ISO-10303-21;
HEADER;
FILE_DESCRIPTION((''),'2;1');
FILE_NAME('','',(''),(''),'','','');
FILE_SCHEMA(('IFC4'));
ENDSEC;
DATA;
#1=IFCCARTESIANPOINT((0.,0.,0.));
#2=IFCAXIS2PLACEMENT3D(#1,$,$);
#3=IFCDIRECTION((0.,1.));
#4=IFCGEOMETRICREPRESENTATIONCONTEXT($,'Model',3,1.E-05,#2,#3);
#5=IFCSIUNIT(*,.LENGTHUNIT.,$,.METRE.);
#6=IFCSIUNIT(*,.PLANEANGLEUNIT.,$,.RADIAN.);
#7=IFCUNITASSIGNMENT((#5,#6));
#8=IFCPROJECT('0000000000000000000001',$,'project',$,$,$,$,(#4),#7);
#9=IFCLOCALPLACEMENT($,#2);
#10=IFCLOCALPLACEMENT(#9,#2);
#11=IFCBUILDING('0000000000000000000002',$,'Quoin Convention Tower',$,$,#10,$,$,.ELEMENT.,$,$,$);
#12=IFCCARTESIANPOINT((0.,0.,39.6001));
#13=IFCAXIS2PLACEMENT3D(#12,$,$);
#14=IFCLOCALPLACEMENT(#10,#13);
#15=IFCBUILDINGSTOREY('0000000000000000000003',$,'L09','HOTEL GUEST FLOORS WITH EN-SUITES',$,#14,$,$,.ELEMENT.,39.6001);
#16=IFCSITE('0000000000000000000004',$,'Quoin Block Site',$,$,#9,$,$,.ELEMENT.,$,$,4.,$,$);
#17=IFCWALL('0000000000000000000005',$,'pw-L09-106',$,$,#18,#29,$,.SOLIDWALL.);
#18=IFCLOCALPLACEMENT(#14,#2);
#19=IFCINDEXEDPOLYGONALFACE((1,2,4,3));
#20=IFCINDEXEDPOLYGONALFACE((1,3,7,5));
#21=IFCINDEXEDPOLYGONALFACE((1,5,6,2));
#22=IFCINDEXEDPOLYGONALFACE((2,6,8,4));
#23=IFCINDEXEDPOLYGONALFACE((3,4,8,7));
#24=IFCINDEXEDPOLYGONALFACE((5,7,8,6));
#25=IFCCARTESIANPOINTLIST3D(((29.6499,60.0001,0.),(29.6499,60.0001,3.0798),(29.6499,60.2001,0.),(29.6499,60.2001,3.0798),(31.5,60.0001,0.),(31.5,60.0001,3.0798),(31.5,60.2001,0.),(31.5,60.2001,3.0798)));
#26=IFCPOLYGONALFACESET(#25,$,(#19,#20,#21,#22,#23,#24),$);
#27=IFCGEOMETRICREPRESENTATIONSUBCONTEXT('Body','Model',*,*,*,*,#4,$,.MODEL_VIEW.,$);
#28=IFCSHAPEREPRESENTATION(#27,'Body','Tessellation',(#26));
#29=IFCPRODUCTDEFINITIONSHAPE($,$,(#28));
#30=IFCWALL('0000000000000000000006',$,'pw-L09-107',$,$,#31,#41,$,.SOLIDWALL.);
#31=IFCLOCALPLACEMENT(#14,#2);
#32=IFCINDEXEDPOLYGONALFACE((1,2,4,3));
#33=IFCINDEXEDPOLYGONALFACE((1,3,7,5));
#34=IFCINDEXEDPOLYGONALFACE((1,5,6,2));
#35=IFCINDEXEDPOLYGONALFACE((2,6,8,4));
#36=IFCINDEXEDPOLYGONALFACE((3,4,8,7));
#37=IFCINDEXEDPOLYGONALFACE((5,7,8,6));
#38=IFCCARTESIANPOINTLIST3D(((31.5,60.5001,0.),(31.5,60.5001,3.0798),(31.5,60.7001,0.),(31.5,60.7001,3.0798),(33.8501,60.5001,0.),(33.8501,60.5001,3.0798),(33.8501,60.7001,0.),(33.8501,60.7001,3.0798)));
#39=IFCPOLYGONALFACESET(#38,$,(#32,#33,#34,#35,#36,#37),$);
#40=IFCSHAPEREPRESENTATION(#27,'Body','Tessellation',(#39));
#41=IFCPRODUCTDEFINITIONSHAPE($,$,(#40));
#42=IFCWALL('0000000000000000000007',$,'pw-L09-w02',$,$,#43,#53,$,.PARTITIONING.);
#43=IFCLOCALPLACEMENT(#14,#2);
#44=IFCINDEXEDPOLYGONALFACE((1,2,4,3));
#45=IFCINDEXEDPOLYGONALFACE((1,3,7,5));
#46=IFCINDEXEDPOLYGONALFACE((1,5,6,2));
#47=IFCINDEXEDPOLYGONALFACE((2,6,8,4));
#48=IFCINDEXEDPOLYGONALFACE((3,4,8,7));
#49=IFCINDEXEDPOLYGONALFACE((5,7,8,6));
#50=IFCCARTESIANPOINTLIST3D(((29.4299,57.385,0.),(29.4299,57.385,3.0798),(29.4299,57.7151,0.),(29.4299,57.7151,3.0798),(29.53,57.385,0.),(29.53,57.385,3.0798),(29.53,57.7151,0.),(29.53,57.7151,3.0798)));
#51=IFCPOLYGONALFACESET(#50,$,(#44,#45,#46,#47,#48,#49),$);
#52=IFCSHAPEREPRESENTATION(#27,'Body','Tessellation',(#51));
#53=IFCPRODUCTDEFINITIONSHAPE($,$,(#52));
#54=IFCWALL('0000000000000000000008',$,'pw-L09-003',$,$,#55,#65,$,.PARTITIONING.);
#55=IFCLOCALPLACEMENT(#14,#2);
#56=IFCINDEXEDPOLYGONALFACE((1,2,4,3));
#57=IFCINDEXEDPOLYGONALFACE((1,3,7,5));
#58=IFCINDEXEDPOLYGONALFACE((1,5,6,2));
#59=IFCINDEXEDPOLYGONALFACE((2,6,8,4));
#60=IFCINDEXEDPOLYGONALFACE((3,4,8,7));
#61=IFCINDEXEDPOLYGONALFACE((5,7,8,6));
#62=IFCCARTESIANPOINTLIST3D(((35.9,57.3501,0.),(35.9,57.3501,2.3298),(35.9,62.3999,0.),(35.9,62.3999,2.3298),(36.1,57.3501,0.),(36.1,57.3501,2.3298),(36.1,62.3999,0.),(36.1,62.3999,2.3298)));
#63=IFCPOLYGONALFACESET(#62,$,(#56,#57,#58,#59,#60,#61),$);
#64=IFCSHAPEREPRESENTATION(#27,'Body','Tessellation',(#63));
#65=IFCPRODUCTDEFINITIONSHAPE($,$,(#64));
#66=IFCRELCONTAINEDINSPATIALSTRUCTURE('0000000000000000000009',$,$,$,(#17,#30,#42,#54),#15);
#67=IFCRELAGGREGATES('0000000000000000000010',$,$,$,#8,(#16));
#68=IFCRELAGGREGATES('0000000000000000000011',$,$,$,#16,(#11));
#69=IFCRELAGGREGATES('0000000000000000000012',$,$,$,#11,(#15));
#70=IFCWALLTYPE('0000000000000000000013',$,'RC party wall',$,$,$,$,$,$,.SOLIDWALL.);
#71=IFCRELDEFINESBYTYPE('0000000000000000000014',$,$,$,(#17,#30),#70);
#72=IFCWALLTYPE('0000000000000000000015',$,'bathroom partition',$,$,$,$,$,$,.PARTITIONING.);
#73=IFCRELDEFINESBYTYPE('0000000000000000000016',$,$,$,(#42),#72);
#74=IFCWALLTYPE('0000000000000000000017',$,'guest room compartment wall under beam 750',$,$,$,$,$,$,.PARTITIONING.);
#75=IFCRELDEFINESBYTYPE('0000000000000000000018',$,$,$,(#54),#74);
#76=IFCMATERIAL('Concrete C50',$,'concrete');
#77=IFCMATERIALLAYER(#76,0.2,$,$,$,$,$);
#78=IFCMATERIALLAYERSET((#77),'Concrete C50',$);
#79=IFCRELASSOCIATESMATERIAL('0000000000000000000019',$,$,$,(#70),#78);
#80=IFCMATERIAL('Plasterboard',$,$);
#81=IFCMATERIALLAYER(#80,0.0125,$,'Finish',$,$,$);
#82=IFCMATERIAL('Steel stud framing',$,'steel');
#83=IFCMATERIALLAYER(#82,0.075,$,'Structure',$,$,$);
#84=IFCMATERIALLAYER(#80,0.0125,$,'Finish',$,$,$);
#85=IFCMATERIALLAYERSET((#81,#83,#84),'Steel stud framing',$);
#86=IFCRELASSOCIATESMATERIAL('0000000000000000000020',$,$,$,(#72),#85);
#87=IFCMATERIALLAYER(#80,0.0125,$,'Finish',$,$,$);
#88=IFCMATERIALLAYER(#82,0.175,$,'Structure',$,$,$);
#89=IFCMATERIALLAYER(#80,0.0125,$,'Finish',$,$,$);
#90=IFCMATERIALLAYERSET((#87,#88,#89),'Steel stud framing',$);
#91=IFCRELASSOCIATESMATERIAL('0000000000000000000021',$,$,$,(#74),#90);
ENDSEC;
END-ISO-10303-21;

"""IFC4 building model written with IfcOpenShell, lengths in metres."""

from ifc_helpers import new_model, si_unit, direction, frame, frame_2d, origin, place, context, subcontext, project, spatial, rectangle, extrude, material, layer, layer_set, type_object, element, save


model = new_model("IFC4")

# Units and contexts
model_context = context("Model", 3, precision=1e-05, world=origin(), true_north=direction((0.0, 1.0)))
body_context = subcontext(model_context, "Body", "Model", "MODEL_VIEW")
ifc_project = project(units=[si_unit("LENGTHUNIT", "METRE"), si_unit("PLANEANGLEUNIT", "RADIAN")], contexts=[model_context])

# Site, building, storey
site_placement = place(None, origin())
site = spatial("IfcSite", under=ifc_project, at=site_placement, Name="Quoin Block Site", CompositionType="ELEMENT", RefElevation=4.0)
building_placement = place(site_placement, origin())
building = spatial("IfcBuilding", under=site, at=building_placement, Name="Quoin Convention Tower", CompositionType="ELEMENT")
storey_placement = place(building_placement, frame((0.0, 0.0, 39.6001)))
storey = spatial("IfcBuildingStorey", under=building, at=storey_placement, Name="L09", Description="HOTEL GUEST FLOORS WITH EN-SUITES", CompositionType="ELEMENT", Elevation=39.6001)

# Walls
ifc_material_1 = material(Name="Concrete C50", Category="concrete")
ifc_layer_1 = layer(ifc_material_1, 0.2)
ifc_layer_set_1 = layer_set([ifc_layer_1], Name="Concrete C50")
wall_type_1 = type_object("IfcWallType", Name="RC party wall", PredefinedType="SOLIDWALL", material=ifc_layer_set_1)
wall_1_placement = place(storey_placement, frame((29.6499, 60.1001, 0.0), z_axis=(0.0, 0.0, 1.0), x_axis=(1.0, 0.0, 0.0)))
element("IfcWall", 1, at=wall_1_placement, inside=storey, type_object=wall_type_1, Name="pw-L09-106", PredefinedType="SOLIDWALL", context=body_context, shape_type="SweptSolid", body=[
    extrude(rectangle(XDim=1.8501, YDim=0.2, at=frame_2d((0.925, 0.0))), origin(), (0.0, 0.0, 1.0), 3.0798),
])
wall_2_placement = place(storey_placement, frame((31.5, 60.6001, 0.0), z_axis=(0.0, 0.0, 1.0), x_axis=(1.0, 0.0, 0.0)))
element("IfcWall", 2, at=wall_2_placement, inside=storey, type_object=wall_type_1, Name="pw-L09-107", PredefinedType="SOLIDWALL", context=body_context, shape_type="SweptSolid", body=[
    extrude(rectangle(XDim=2.3501, YDim=0.2, at=frame_2d((1.175, 0.0))), origin(), (0.0, 0.0, 1.0), 3.0798),
])
ifc_material_2 = material(Name="Plasterboard")
ifc_layer_2 = layer(ifc_material_2, 0.0125, Name="Finish")
ifc_material_3 = material(Name="Steel stud framing", Category="steel")
ifc_layer_3 = layer(ifc_material_3, 0.075, Name="Structure")
ifc_layer_4 = layer(ifc_material_2, 0.0125, Name="Finish")
ifc_layer_set_2 = layer_set([ifc_layer_2, ifc_layer_3, ifc_layer_4], Name="Steel stud framing")
wall_type_2 = type_object("IfcWallType", Name="bathroom partition", PredefinedType="PARTITIONING", material=ifc_layer_set_2)
wall_3_placement = place(storey_placement, frame((29.48, 57.385, 0.0), z_axis=(0.0, 0.0, 1.0), x_axis=(0.0, 1.0, 0.0)))
element("IfcWall", 3, at=wall_3_placement, inside=storey, type_object=wall_type_2, Name="pw-L09-w02", PredefinedType="PARTITIONING", context=body_context, shape_type="SweptSolid", body=[
    extrude(rectangle(XDim=0.3301, YDim=0.1001, at=frame_2d((0.165, 0.0))), origin(), (0.0, 0.0, 1.0), 3.0798),
])
ifc_layer_5 = layer(ifc_material_2, 0.0125, Name="Finish")
ifc_layer_6 = layer(ifc_material_3, 0.175, Name="Structure")
ifc_layer_7 = layer(ifc_material_2, 0.0125, Name="Finish")
ifc_layer_set_3 = layer_set([ifc_layer_5, ifc_layer_6, ifc_layer_7], Name="Steel stud framing")
wall_type_3 = type_object("IfcWallType", Name="guest room compartment wall under beam 750", PredefinedType="PARTITIONING", material=ifc_layer_set_3)
wall_4_placement = place(storey_placement, frame((36.0, 57.3501, 0.0), z_axis=(0.0, 0.0, 1.0), x_axis=(0.0, 1.0, 0.0)))
element("IfcWall", 4, at=wall_4_placement, inside=storey, type_object=wall_type_3, Name="pw-L09-003", PredefinedType="PARTITIONING", context=body_context, shape_type="SweptSolid", body=[
    extrude(rectangle(XDim=5.0498, YDim=0.2, at=frame_2d((2.5249, 0.0))), origin(), (0.0, 0.0, 1.0), 2.3298),
])

save(model, "model.ifc")
